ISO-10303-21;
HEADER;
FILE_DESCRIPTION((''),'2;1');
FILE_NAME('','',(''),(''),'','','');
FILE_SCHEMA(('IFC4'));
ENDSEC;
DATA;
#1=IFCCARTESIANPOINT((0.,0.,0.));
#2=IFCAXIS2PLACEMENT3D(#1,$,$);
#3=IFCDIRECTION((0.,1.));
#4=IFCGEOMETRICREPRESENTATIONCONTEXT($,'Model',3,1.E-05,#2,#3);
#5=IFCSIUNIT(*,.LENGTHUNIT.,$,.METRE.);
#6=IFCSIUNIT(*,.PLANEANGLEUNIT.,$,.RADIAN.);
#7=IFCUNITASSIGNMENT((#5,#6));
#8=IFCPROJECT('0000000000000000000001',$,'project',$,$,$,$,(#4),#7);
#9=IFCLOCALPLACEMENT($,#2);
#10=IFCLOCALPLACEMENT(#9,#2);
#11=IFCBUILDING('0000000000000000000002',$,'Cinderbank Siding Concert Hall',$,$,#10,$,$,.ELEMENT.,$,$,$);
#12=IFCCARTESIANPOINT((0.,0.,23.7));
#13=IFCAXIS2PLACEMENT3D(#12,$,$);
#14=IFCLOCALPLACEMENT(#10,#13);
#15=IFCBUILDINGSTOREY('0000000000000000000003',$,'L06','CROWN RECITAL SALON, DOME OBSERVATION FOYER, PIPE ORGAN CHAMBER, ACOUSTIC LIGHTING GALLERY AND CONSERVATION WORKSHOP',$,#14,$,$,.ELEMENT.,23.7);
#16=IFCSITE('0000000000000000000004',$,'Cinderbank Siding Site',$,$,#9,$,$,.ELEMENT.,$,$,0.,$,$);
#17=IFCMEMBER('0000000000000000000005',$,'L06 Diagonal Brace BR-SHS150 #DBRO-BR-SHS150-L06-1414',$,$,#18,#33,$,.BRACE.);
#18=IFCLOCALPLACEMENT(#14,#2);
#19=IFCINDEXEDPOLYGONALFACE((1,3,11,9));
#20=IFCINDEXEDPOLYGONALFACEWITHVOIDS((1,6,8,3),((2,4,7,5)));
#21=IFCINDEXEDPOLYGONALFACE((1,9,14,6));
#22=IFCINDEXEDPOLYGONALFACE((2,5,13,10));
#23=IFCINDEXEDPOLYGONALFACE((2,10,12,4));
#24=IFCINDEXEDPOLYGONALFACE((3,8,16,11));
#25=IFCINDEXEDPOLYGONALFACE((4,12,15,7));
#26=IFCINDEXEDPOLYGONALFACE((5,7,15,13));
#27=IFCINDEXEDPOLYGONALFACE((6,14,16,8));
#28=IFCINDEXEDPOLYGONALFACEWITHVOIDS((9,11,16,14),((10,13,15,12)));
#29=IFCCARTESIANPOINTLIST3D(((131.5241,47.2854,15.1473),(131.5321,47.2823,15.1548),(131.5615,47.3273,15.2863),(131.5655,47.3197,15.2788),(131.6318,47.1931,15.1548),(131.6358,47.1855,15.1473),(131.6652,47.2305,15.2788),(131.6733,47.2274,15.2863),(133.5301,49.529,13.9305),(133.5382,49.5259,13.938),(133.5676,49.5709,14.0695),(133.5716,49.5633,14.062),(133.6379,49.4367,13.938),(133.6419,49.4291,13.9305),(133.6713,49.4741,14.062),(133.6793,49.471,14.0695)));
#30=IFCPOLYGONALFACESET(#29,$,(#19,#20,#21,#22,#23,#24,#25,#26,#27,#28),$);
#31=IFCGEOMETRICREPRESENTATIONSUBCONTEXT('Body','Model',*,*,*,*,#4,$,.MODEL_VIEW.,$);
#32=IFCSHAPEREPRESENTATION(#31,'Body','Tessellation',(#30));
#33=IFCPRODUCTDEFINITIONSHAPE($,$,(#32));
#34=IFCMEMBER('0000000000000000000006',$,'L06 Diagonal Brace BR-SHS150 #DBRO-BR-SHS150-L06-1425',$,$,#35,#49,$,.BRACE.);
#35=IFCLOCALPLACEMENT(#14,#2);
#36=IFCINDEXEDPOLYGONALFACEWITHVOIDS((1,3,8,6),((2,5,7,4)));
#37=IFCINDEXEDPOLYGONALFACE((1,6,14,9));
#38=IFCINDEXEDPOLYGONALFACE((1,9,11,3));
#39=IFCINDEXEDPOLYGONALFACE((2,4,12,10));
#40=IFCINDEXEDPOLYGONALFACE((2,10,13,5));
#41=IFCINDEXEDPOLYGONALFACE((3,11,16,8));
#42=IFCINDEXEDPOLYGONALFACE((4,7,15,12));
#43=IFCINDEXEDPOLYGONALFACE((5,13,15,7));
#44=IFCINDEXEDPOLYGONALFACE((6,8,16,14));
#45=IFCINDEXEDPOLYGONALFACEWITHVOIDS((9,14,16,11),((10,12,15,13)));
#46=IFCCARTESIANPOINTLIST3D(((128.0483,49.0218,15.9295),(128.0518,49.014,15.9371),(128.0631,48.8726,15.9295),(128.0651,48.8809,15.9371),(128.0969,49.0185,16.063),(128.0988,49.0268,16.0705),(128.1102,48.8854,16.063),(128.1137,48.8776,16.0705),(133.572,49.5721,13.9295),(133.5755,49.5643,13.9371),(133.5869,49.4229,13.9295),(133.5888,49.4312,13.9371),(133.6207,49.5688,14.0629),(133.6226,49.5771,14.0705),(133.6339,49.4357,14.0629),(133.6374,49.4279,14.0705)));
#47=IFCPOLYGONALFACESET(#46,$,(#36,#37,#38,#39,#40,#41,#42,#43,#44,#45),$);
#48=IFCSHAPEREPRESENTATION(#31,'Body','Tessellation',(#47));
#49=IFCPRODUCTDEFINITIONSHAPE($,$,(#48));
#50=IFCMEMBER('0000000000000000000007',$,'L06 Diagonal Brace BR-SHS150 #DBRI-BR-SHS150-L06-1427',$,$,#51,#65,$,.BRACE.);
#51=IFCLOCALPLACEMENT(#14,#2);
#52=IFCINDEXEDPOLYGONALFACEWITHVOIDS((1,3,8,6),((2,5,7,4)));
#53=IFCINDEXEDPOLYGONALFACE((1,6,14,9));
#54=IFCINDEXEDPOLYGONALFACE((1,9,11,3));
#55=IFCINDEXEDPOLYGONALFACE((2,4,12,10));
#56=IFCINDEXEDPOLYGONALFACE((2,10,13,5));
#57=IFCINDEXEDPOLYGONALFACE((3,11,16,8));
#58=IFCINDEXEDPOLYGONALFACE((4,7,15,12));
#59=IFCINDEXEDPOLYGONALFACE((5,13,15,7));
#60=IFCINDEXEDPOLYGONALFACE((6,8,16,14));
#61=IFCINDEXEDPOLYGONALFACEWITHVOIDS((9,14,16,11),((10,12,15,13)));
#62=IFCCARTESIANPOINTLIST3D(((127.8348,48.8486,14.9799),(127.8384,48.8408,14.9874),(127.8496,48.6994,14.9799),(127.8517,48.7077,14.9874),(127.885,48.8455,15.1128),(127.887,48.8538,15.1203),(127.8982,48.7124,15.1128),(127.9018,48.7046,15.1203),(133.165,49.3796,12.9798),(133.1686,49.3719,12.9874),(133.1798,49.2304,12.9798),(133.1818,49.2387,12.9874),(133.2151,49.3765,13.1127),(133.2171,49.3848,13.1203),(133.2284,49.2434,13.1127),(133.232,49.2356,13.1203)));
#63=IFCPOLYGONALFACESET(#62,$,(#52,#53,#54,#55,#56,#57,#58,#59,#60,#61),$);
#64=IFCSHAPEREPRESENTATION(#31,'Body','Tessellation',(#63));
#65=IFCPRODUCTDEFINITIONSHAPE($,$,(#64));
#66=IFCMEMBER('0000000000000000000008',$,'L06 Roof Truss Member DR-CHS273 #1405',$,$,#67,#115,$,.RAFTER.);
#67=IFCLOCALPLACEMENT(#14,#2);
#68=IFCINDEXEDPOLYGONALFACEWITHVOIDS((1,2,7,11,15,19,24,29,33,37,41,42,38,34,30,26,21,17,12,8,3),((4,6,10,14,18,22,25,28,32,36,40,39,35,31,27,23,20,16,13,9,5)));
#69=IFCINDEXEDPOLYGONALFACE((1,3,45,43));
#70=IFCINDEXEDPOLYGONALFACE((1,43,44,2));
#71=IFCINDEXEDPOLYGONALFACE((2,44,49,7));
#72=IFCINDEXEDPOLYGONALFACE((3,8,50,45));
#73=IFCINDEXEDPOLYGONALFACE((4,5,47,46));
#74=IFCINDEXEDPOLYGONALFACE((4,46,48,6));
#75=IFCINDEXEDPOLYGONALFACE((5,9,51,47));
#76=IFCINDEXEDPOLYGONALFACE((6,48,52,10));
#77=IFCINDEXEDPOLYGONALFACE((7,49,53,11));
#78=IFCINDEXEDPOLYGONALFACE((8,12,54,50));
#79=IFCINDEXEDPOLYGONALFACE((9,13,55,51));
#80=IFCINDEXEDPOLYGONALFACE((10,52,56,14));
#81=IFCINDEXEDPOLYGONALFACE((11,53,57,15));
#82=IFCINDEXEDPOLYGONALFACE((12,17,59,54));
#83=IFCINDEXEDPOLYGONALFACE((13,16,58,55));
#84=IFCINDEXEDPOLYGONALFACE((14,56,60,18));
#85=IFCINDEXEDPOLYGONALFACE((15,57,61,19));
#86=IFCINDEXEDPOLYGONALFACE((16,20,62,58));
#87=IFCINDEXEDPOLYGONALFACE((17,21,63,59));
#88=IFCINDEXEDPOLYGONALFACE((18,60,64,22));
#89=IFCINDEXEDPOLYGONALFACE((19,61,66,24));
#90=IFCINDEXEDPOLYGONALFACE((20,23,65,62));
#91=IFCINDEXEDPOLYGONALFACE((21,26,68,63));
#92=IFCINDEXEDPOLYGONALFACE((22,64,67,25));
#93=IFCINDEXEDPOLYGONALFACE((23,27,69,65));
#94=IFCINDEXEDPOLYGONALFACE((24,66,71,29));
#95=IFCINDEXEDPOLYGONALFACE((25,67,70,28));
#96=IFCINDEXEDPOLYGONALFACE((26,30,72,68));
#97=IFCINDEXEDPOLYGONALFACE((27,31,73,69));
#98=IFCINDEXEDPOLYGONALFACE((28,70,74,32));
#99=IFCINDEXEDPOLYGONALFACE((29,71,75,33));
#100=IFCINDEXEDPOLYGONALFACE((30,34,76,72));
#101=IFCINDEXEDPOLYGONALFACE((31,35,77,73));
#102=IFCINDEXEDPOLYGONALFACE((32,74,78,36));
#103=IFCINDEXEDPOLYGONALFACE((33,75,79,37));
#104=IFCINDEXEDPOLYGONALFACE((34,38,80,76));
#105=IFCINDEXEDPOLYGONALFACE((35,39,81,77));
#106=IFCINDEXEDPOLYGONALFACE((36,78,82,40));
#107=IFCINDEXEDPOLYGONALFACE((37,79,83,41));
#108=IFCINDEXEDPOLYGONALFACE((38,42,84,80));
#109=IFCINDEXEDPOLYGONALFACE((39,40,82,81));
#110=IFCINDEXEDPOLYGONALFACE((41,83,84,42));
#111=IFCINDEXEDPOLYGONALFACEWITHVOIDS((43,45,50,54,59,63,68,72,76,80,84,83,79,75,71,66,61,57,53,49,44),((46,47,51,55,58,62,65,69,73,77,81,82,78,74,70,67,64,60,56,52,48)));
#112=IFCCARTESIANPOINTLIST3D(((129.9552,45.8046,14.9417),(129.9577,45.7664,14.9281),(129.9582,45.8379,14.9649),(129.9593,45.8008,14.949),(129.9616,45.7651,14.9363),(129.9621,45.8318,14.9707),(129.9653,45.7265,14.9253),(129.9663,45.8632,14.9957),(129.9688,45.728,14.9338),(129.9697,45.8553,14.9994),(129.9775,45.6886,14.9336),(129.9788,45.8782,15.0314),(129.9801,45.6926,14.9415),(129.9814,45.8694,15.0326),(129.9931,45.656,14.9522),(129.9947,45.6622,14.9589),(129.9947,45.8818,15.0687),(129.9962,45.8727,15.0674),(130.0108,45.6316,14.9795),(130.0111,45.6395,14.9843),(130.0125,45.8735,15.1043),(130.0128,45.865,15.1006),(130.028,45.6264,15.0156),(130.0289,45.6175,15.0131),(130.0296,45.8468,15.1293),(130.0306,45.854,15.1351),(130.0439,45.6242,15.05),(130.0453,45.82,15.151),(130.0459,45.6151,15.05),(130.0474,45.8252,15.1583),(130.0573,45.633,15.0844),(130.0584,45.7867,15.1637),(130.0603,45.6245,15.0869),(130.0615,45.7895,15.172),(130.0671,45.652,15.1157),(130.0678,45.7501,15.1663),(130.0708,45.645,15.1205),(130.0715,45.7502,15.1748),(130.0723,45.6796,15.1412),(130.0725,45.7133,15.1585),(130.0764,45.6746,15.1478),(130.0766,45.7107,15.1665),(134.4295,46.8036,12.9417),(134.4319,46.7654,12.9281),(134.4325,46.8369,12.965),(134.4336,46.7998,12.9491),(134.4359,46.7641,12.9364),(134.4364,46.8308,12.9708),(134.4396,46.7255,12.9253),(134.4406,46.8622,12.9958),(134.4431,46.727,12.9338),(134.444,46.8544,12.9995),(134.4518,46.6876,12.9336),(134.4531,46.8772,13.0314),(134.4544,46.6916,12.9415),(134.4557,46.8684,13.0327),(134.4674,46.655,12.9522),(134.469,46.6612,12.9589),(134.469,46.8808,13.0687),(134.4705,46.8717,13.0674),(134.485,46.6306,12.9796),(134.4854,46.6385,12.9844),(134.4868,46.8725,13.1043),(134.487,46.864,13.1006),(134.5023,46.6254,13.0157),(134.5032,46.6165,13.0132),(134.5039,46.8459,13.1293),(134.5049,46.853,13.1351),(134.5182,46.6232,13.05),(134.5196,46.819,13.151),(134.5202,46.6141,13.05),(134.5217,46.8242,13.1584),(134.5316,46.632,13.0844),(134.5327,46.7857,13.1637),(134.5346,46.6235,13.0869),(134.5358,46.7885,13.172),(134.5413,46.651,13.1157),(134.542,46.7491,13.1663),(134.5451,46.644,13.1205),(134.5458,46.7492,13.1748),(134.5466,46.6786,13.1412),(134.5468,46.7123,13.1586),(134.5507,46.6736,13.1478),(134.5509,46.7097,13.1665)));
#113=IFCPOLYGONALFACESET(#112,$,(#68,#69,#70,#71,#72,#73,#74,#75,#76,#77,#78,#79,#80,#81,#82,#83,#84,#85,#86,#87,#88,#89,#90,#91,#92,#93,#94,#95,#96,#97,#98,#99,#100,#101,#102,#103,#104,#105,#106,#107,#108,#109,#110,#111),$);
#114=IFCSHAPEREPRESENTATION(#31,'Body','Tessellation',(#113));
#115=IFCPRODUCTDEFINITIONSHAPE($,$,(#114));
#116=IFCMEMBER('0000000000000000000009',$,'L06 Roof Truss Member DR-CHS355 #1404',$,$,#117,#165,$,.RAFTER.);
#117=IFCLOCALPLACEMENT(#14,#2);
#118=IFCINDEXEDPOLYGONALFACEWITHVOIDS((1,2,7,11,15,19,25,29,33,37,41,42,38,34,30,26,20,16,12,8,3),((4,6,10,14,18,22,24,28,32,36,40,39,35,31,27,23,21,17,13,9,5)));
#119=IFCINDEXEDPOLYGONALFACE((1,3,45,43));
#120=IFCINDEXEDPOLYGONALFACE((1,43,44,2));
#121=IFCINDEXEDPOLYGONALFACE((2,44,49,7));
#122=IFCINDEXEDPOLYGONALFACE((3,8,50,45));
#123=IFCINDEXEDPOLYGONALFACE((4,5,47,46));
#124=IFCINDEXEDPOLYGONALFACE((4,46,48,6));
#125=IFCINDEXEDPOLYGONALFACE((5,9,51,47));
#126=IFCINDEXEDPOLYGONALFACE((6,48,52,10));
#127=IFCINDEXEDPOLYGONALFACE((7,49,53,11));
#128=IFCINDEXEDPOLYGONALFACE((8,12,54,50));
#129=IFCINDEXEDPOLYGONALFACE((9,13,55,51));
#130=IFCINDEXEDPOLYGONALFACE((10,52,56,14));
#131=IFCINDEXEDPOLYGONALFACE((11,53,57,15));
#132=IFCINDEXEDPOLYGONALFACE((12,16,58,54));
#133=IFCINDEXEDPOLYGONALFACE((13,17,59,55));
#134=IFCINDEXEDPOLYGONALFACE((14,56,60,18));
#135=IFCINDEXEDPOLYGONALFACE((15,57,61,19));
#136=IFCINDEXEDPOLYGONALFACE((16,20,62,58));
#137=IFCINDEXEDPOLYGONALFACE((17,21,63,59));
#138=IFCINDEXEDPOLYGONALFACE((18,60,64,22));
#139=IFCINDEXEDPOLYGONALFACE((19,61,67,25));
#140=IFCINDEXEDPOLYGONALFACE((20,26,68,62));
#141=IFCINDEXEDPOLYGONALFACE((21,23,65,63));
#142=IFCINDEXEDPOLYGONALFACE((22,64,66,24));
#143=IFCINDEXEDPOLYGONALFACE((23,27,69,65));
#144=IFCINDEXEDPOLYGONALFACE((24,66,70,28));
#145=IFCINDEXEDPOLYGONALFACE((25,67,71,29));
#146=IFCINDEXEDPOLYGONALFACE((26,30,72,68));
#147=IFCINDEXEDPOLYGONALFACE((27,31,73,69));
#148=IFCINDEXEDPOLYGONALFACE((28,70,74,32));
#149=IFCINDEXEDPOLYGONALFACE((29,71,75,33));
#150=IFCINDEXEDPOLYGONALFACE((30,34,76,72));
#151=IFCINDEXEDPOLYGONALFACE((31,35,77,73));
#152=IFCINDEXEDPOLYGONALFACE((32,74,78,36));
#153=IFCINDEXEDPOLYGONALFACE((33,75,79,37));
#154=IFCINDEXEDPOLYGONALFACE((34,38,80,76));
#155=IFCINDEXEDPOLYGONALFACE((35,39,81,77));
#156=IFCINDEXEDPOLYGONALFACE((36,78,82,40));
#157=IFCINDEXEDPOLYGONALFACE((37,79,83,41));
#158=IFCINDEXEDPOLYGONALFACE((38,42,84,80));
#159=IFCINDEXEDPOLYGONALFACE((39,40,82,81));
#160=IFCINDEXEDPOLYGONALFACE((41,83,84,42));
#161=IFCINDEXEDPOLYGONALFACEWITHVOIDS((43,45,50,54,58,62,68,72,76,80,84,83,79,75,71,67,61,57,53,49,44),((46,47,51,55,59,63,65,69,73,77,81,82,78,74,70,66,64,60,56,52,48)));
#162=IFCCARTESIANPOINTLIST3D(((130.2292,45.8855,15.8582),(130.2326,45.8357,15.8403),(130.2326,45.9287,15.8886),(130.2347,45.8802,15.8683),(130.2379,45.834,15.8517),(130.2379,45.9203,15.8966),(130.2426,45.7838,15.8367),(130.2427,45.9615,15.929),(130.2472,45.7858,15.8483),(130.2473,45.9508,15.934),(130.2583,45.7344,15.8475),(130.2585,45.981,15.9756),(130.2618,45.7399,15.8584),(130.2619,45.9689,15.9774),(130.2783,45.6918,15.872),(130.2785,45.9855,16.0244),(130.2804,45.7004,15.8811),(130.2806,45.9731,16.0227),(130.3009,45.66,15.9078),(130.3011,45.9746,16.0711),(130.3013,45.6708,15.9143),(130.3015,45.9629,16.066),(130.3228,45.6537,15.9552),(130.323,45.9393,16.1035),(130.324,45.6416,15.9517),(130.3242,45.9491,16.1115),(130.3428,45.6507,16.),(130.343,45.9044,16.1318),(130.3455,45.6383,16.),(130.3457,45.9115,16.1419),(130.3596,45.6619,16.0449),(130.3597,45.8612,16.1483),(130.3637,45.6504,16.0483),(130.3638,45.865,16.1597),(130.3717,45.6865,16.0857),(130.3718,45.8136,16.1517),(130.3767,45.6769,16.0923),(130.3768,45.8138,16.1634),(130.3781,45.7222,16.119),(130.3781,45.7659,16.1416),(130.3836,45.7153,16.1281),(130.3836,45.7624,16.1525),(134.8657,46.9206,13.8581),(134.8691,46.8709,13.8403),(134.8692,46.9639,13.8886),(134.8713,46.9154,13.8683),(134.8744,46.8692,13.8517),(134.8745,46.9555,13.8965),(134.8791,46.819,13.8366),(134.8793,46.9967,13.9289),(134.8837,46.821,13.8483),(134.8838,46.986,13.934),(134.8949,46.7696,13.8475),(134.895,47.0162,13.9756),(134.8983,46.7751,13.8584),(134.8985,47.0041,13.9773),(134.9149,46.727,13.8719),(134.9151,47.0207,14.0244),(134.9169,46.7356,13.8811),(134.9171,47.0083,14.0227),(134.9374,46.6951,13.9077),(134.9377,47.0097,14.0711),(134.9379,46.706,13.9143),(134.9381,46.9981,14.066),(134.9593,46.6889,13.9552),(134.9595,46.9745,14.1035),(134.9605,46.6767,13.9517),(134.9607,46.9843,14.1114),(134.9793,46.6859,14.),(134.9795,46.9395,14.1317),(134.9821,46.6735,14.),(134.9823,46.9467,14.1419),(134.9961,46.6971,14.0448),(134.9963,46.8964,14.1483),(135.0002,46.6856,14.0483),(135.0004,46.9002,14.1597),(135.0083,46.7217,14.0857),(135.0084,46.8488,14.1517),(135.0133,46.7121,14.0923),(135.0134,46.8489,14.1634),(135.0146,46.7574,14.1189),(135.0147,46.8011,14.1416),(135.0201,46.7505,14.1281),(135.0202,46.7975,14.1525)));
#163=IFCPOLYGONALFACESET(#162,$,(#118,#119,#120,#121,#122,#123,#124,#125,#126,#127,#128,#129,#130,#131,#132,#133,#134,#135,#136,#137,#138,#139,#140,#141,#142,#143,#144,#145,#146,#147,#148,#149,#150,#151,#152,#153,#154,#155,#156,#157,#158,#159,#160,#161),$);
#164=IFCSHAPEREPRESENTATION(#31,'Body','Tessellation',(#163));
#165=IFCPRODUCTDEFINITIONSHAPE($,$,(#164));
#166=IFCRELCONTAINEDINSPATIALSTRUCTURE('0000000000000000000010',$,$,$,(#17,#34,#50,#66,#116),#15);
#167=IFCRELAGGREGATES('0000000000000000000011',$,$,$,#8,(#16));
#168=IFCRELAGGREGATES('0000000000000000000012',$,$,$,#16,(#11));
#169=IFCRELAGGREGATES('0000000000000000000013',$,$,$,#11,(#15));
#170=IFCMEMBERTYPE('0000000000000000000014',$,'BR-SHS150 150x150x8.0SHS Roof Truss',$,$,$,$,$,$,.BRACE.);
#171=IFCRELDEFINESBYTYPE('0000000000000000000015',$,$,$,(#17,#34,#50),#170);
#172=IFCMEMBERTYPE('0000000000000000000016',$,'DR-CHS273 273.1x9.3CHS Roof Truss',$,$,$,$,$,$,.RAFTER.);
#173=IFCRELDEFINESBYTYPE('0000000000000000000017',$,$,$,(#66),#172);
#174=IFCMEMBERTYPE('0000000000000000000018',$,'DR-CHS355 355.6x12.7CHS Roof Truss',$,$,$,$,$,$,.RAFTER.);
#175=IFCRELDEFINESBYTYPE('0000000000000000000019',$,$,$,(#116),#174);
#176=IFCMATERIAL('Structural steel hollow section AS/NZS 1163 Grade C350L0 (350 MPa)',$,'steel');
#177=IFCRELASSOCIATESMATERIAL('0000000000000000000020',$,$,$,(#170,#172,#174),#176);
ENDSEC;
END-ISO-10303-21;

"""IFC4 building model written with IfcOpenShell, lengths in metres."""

from ifc_helpers import new_model, si_unit, direction, frame, origin, origin_2d, place, context, subcontext, project, spatial, hollow_rectangle, hollow_circle, extrude, material, material_profile, profile_set, type_object, element, save


model = new_model("IFC4")

# Units and contexts
model_context = context("Model", 3, precision=1e-05, world=origin(), true_north=direction((0.0, 1.0)))
body_context = subcontext(model_context, "Body", "Model", "MODEL_VIEW")
ifc_project = project(units=[si_unit("LENGTHUNIT", "METRE"), si_unit("PLANEANGLEUNIT", "RADIAN")], contexts=[model_context])

# Site, building, storey
site_placement = place(None, origin())
site = spatial("IfcSite", under=ifc_project, at=site_placement, Name="Cinderbank Siding Site", CompositionType="ELEMENT", RefElevation=0.0)
building_placement = place(site_placement, origin())
building = spatial("IfcBuilding", under=site, at=building_placement, Name="Cinderbank Siding Concert Hall", CompositionType="ELEMENT")
storey_placement = place(building_placement, frame((0.0, 0.0, 23.7)))
storey = spatial("IfcBuildingStorey", under=building, at=storey_placement, Name="L06", Description="CROWN RECITAL SALON, DOME OBSERVATION FOYER, PIPE ORGAN CHAMBER, ACOUSTIC LIGHTING GALLERY AND CONSERVATION WORKSHOP", CompositionType="ELEMENT", Elevation=23.7)

# Members
ifc_material_1 = material(Name="Structural steel hollow section AS/NZS 1163 Grade C350L0 (350 MPa)", Category="steel")
ifc_material_profile_1 = material_profile(ifc_material_1, hollow_rectangle(XDim=0.1499, YDim=0.1499, WallThickness=0.0081, at=origin_2d()), Name="150x150x8.0SHS", Category="LoadBearing")
ifc_profile_set_1 = profile_set([ifc_material_profile_1], Name="Structural steel hollow section AS/NZS 1163 Grade C350L0 (350 MPa)")
member_type_1 = type_object("IfcMemberType", Name="BR-SHS150 150x150x8.0SHS Roof Truss", PredefinedType="BRACE", material=ifc_profile_set_1)
member_1_placement = place(storey_placement, frame((133.6047, 49.5, 14.0), z_axis=(-0.61795, -0.691123, 0.374816), x_axis=(0.745468, -0.666541, 0.0)))
element("IfcMember", 1, at=member_1_placement, inside=storey, type_object=member_type_1, Name="L06 Diagonal Brace BR-SHS150 #DBRO-BR-SHS150-L06-1414", PredefinedType="BRACE", context=body_context, shape_type="SweptSolid", body=[
    extrude(hollow_rectangle(XDim=0.1499, YDim=0.1499, WallThickness=0.0081, at=origin_2d()), origin(), (0.0, 0.0, 1.0), 3.2463),
])
member_2_placement = place(storey_placement, frame((133.6047, 49.5, 14.0), z_axis=(-0.936165, -0.093265, 0.338964), x_axis=(0.099134, -0.995074, 0.0)))
element("IfcMember", 2, at=member_2_placement, inside=storey, type_object=member_type_1, Name="L06 Diagonal Brace BR-SHS150 #DBRO-BR-SHS150-L06-1425", PredefinedType="BRACE", context=body_context, shape_type="SweptSolid", body=[
    extrude(hollow_rectangle(XDim=0.1499, YDim=0.1499, WallThickness=0.0081, at=origin_2d()), origin(), (0.0, 0.0, 1.0), 5.9004),
])
member_3_placement = place(storey_placement, frame((133.1985, 49.3076, 13.05), z_axis=(-0.932212, -0.092871, 0.349793), x_axis=(0.099134, -0.995074, 0.0)))
element("IfcMember", 3, at=member_3_placement, inside=storey, type_object=member_type_1, Name="L06 Diagonal Brace BR-SHS150 #DBRI-BR-SHS150-L06-1427", PredefinedType="BRACE", context=body_context, shape_type="SweptSolid", body=[
    extrude(hollow_rectangle(XDim=0.1499, YDim=0.1499, WallThickness=0.0081, at=origin_2d()), origin(), (0.0, 0.0, 1.0), 5.7178),
])
ifc_material_profile_2 = material_profile(ifc_material_1, hollow_circle(Radius=0.1365, WallThickness=0.0093, at=origin_2d()), Name="273.1x9.3CHS", Category="LoadBearing")
ifc_profile_set_2 = profile_set([ifc_material_profile_2], Name="Structural steel hollow section AS/NZS 1163 Grade C350L0 (350 MPa)")
member_type_2 = type_object("IfcMemberType", Name="DR-CHS273 273.1x9.3CHS Roof Truss", PredefinedType="RAFTER", material=ifc_profile_set_2)
member_4_placement = place(storey_placement, frame((134.4905, 46.7473, 13.05), z_axis=(-0.894551, -0.199733, 0.399856), x_axis=(0.217911, -0.975969, 0.0)))
element("IfcMember", 4, at=member_4_placement, inside=storey, type_object=member_type_2, Name="L06 Roof Truss Member DR-CHS273 #1405", PredefinedType="RAFTER", context=body_context, shape_type="SweptSolid", body=[
    extrude(hollow_circle(Radius=0.1365, WallThickness=0.0093, at=origin_2d()), origin(), (0.0, 0.0, 1.0), 5.0017),
])
ifc_material_profile_3 = material_profile(ifc_material_1, hollow_circle(Radius=0.1777, WallThickness=0.0127, at=origin_2d()), Name="355.6x12.7CHS", Category="LoadBearing")
ifc_profile_set_3 = profile_set([ifc_material_profile_3], Name="Structural steel hollow section AS/NZS 1163 Grade C350L0 (350 MPa)")
member_type_3 = type_object("IfcMemberType", Name="DR-CHS355 355.6x12.7CHS Roof Truss", PredefinedType="RAFTER", material=ifc_profile_set_3)
member_5_placement = place(storey_placement, frame((134.9434, 46.8469, 14.0), z_axis=(-0.899508, -0.200827, 0.388014), x_axis=(0.217899, -0.975971, 0.0)))
element("IfcMember", 5, at=member_5_placement, inside=storey, type_object=member_type_3, Name="L06 Roof Truss Member DR-CHS355 #1404", PredefinedType="RAFTER", context=body_context, shape_type="SweptSolid", body=[
    extrude(hollow_circle(Radius=0.1777, WallThickness=0.0127, at=origin_2d()), origin(), (0.0, 0.0, 1.0), 5.1545),
])

save(model, "model.ifc")
